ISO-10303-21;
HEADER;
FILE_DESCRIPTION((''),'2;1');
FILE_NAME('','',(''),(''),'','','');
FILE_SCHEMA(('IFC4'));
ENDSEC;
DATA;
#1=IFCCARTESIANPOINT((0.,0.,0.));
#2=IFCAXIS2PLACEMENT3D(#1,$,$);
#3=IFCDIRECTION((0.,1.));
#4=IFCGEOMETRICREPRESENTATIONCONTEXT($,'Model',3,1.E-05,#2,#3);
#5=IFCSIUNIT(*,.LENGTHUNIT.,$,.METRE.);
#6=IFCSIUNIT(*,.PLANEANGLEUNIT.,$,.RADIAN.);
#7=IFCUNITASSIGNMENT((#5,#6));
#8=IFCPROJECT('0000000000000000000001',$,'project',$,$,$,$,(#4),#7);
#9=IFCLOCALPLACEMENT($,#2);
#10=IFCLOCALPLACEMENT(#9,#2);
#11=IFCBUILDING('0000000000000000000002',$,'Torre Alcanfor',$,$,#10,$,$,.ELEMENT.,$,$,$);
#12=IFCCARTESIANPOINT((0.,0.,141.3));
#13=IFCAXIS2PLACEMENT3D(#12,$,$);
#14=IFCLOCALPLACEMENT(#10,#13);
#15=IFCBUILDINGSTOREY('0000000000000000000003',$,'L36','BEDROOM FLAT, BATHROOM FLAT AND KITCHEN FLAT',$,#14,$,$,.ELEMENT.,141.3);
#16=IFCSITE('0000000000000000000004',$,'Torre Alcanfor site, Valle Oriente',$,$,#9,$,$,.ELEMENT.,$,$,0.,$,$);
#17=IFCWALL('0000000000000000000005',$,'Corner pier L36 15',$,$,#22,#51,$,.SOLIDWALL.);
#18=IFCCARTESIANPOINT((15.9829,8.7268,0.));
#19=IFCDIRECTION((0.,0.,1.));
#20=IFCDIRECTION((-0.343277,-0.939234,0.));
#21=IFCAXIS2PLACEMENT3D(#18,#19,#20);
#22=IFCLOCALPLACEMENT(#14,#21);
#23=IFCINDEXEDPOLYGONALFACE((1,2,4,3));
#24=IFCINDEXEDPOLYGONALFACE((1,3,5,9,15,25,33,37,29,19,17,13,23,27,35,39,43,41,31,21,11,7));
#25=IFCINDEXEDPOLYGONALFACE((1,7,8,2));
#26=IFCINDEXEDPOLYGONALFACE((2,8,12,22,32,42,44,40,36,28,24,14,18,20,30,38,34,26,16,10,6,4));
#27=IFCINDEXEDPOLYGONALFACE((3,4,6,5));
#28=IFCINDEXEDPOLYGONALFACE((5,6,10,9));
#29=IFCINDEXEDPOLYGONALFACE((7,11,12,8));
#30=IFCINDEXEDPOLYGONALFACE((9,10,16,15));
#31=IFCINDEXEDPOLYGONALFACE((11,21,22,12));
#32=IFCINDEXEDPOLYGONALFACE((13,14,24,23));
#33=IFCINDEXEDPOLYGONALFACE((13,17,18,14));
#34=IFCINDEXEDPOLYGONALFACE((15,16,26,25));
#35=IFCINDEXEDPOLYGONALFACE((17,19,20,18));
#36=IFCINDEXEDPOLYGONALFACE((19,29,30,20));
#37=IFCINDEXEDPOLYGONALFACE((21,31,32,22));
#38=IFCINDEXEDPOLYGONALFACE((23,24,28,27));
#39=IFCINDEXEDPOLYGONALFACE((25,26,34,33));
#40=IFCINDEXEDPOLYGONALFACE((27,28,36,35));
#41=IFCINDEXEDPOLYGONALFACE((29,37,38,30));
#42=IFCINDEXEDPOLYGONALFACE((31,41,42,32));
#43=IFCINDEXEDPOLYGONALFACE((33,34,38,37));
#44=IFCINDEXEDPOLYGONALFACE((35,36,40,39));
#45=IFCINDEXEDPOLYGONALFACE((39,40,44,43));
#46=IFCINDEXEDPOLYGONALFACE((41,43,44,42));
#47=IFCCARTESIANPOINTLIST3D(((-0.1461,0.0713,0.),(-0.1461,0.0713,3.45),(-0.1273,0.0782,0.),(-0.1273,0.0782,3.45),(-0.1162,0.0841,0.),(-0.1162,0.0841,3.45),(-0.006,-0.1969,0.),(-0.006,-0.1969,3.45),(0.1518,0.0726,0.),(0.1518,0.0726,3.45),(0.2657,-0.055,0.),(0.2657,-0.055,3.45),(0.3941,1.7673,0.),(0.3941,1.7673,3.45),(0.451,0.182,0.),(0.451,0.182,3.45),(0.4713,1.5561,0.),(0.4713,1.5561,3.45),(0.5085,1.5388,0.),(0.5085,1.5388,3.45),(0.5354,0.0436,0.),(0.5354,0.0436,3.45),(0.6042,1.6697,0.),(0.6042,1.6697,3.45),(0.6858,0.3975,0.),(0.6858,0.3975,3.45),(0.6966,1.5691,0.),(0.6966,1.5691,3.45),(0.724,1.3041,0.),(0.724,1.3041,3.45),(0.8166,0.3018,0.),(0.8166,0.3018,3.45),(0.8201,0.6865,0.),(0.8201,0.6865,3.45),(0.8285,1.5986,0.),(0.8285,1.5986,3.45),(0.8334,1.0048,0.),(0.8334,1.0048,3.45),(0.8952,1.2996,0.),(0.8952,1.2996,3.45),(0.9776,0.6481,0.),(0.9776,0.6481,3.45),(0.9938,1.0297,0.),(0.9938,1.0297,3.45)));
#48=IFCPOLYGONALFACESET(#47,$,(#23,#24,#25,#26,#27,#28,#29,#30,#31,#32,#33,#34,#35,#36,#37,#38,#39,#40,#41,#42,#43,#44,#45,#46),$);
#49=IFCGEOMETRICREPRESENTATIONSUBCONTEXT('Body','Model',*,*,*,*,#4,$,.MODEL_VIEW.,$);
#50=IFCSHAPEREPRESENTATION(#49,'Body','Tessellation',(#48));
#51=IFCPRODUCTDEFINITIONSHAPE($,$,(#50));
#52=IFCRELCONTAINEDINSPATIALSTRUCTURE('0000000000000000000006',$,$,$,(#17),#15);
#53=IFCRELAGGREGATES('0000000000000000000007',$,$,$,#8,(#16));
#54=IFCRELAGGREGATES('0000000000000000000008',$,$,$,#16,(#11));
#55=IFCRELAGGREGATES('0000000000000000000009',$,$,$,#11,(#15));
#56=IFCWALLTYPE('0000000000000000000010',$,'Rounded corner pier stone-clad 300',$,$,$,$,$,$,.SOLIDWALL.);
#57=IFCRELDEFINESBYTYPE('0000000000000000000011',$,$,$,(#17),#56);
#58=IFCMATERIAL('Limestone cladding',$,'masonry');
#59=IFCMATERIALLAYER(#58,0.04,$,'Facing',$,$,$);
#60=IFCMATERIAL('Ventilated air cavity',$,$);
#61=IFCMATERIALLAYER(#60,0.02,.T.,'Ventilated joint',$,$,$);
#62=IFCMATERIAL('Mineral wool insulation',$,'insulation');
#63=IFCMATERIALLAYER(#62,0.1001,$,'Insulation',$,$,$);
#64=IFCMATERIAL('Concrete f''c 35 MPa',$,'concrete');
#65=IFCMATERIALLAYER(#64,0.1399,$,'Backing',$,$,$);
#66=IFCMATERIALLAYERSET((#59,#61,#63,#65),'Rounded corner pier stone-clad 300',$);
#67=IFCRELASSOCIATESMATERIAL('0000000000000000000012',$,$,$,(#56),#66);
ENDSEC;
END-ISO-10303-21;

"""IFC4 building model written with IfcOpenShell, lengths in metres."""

from ifc_helpers import new_model, si_unit, direction, frame, origin, place, context, subcontext, project, spatial, polyline, outline, extrude, material, layer, layer_set, type_object, element, save


model = new_model("IFC4")

# Units and contexts
model_context = context("Model", 3, precision=1e-05, world=origin(), true_north=direction((0.0, 1.0)))
body_context = subcontext(model_context, "Body", "Model", "MODEL_VIEW")
ifc_project = project(units=[si_unit("LENGTHUNIT", "METRE"), si_unit("PLANEANGLEUNIT", "RADIAN")], contexts=[model_context])

# Site, building, storey
site_placement = place(None, origin())
site = spatial("IfcSite", under=ifc_project, at=site_placement, Name="Torre Alcanfor site, Valle Oriente", CompositionType="ELEMENT", RefElevation=0.0)
building_placement = place(site_placement, origin())
building = spatial("IfcBuilding", under=site, at=building_placement, Name="Torre Alcanfor", CompositionType="ELEMENT")
storey_placement = place(building_placement, frame((0.0, 0.0, 141.3)))
storey = spatial("IfcBuildingStorey", under=building, at=storey_placement, Name="L36", Description="BEDROOM FLAT, BATHROOM FLAT AND KITCHEN FLAT", CompositionType="ELEMENT", Elevation=141.3)

# Shared definitions
ifc_material_1 = material(Name="Limestone cladding", Category="masonry")
ifc_material_2 = material(Name="Ventilated air cavity")
ifc_material_3 = material(Name="Mineral wool insulation", Category="insulation")
ifc_material_4 = material(Name="Concrete f'c 35 MPa", Category="concrete")

# Wall
ifc_layer_1 = layer(ifc_material_1, 0.04, Name="Facing")
ifc_layer_2 = layer(ifc_material_2, 0.02, ventilated=True, Name="Ventilated joint")
ifc_layer_3 = layer(ifc_material_3, 0.1001, Name="Insulation")
ifc_layer_4 = layer(ifc_material_4, 0.1399, Name="Backing")
ifc_layer_set_1 = layer_set([ifc_layer_1, ifc_layer_2, ifc_layer_3, ifc_layer_4], Name="Rounded corner pier stone-clad 300")
wall_type_1 = type_object("IfcWallType", Name="Rounded corner pier stone-clad 300", PredefinedType="SOLIDWALL", material=ifc_layer_set_1)
wall_1_placement = place(storey_placement, frame((15.9829, 8.7268, 0.0), z_axis=(0.0, 0.0, 1.0), x_axis=(-0.343277, -0.939234, 0.0)))
element("IfcWall", 1, at=wall_1_placement, inside=storey, type_object=wall_type_1, Name="Corner pier L36 15", PredefinedType="SOLIDWALL", context=body_context, shape_type="SweptSolid", body=[
    extrude(outline(polyline([(0.8285, 1.5986), (0.6966, 1.5691), (0.6042, 1.6697), (0.3941, 1.7673), (0.4713, 1.5561), (0.5085, 1.5388), (0.724, 1.3041), (0.8334, 1.0048), (0.8201, 0.6865), (0.6858, 0.3975), (0.451, 0.182), (0.1518, 0.0726), (-0.1162, 0.0841), (-0.1273, 0.0782), (-0.1461, 0.0713), (-0.006, -0.1969), (0.2657, -0.055), (0.5354, 0.0436), (0.8166, 0.3018), (0.9776, 0.6481), (0.9938, 1.0297), (0.8952, 1.2996), (0.8285, 1.5986)])), origin(), (0.0, 0.0, 1.0), 3.45),
])

save(model, "model.ifc")
